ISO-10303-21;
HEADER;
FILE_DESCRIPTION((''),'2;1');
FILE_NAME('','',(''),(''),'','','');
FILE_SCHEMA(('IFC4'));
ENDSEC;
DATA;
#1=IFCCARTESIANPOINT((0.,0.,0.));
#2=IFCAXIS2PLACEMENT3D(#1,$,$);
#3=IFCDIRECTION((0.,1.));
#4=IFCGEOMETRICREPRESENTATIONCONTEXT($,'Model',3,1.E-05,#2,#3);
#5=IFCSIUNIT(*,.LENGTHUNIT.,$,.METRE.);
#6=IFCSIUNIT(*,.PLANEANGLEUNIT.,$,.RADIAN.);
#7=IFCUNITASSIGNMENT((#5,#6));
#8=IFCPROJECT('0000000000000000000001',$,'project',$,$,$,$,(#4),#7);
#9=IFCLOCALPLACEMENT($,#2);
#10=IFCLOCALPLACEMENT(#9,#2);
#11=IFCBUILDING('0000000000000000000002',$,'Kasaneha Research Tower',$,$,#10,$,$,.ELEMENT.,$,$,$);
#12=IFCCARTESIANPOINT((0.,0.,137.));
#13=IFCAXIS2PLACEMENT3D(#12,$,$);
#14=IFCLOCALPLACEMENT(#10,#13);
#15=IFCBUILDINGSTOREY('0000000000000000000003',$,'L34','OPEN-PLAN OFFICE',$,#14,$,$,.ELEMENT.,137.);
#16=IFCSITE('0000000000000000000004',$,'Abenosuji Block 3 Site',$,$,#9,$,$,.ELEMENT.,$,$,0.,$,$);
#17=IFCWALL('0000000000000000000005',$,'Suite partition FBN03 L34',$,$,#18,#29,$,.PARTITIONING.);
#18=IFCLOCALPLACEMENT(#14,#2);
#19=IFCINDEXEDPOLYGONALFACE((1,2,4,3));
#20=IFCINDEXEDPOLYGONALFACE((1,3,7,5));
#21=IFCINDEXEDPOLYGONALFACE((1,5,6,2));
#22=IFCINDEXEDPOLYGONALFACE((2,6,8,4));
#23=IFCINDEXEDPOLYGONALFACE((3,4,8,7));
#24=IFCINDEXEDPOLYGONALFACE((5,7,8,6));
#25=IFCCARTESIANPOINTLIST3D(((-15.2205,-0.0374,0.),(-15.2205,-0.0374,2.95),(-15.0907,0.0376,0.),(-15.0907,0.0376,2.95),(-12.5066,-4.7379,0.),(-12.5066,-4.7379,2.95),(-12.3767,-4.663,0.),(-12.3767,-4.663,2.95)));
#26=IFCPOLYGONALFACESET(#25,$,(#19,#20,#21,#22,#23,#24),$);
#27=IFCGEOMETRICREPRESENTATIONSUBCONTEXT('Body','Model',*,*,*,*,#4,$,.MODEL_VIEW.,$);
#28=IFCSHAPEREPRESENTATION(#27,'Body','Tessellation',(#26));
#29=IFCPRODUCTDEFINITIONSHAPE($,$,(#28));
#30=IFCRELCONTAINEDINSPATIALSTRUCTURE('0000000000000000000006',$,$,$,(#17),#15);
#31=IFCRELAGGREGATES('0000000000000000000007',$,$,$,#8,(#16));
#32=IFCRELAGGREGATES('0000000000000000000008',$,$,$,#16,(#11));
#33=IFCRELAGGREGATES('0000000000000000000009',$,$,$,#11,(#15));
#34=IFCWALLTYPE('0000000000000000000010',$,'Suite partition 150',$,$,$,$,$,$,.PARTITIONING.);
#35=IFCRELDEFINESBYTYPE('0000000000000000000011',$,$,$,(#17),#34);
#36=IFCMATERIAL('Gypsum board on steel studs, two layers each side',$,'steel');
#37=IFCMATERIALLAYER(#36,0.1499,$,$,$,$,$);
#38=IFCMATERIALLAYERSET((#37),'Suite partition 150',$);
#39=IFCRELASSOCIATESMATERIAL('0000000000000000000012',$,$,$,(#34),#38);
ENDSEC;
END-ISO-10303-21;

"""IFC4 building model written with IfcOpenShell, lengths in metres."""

from ifc_helpers import new_model, si_unit, direction, frame, frame_2d, origin, place, context, subcontext, project, spatial, rectangle, extrude, material, layer, layer_set, type_object, element, save


model = new_model("IFC4")

# Units and contexts
model_context = context("Model", 3, precision=1e-05, world=origin(), true_north=direction((0.0, 1.0)))
body_context = subcontext(model_context, "Body", "Model", "MODEL_VIEW")
ifc_project = project(units=[si_unit("LENGTHUNIT", "METRE"), si_unit("PLANEANGLEUNIT", "RADIAN")], contexts=[model_context])

# Site, building, storey
site_placement = place(None, origin())
site = spatial("IfcSite", under=ifc_project, at=site_placement, Name="Abenosuji Block 3 Site", CompositionType="ELEMENT", RefElevation=0.0)
building_placement = place(site_placement, origin())
building = spatial("IfcBuilding", under=site, at=building_placement, Name="Kasaneha Research Tower", CompositionType="ELEMENT")
storey_placement = place(building_placement, frame((0.0, 0.0, 137.0)))
storey = spatial("IfcBuildingStorey", under=building, at=storey_placement, Name="L34", Description="OPEN-PLAN OFFICE", CompositionType="ELEMENT", Elevation=137.0)

# Wall
ifc_material_1 = material(Name="Gypsum board on steel studs, two layers each side", Category="steel")
ifc_layer_1 = layer(ifc_material_1, 0.1499)
ifc_layer_set_1 = layer_set([ifc_layer_1], Name="Suite partition 150")
wall_type_1 = type_object("IfcWallType", Name="Suite partition 150", PredefinedType="PARTITIONING", material=ifc_layer_set_1)
wall_1_placement = place(storey_placement, frame((-12.4417, -4.7004, 0.0), z_axis=(0.0, 0.0, 1.0), x_axis=(-0.500009, 0.86602, 0.0)))
element("IfcWall", 1, at=wall_1_placement, inside=storey, type_object=wall_type_1, Name="Suite partition FBN03 L34", PredefinedType="PARTITIONING", context=body_context, shape_type="SweptSolid", body=[
    extrude(rectangle(XDim=5.4277, YDim=0.1499, at=frame_2d((2.7139, 0.0))), origin(), (0.0, 0.0, 1.0), 2.95),
])

save(model, "model.ifc")
